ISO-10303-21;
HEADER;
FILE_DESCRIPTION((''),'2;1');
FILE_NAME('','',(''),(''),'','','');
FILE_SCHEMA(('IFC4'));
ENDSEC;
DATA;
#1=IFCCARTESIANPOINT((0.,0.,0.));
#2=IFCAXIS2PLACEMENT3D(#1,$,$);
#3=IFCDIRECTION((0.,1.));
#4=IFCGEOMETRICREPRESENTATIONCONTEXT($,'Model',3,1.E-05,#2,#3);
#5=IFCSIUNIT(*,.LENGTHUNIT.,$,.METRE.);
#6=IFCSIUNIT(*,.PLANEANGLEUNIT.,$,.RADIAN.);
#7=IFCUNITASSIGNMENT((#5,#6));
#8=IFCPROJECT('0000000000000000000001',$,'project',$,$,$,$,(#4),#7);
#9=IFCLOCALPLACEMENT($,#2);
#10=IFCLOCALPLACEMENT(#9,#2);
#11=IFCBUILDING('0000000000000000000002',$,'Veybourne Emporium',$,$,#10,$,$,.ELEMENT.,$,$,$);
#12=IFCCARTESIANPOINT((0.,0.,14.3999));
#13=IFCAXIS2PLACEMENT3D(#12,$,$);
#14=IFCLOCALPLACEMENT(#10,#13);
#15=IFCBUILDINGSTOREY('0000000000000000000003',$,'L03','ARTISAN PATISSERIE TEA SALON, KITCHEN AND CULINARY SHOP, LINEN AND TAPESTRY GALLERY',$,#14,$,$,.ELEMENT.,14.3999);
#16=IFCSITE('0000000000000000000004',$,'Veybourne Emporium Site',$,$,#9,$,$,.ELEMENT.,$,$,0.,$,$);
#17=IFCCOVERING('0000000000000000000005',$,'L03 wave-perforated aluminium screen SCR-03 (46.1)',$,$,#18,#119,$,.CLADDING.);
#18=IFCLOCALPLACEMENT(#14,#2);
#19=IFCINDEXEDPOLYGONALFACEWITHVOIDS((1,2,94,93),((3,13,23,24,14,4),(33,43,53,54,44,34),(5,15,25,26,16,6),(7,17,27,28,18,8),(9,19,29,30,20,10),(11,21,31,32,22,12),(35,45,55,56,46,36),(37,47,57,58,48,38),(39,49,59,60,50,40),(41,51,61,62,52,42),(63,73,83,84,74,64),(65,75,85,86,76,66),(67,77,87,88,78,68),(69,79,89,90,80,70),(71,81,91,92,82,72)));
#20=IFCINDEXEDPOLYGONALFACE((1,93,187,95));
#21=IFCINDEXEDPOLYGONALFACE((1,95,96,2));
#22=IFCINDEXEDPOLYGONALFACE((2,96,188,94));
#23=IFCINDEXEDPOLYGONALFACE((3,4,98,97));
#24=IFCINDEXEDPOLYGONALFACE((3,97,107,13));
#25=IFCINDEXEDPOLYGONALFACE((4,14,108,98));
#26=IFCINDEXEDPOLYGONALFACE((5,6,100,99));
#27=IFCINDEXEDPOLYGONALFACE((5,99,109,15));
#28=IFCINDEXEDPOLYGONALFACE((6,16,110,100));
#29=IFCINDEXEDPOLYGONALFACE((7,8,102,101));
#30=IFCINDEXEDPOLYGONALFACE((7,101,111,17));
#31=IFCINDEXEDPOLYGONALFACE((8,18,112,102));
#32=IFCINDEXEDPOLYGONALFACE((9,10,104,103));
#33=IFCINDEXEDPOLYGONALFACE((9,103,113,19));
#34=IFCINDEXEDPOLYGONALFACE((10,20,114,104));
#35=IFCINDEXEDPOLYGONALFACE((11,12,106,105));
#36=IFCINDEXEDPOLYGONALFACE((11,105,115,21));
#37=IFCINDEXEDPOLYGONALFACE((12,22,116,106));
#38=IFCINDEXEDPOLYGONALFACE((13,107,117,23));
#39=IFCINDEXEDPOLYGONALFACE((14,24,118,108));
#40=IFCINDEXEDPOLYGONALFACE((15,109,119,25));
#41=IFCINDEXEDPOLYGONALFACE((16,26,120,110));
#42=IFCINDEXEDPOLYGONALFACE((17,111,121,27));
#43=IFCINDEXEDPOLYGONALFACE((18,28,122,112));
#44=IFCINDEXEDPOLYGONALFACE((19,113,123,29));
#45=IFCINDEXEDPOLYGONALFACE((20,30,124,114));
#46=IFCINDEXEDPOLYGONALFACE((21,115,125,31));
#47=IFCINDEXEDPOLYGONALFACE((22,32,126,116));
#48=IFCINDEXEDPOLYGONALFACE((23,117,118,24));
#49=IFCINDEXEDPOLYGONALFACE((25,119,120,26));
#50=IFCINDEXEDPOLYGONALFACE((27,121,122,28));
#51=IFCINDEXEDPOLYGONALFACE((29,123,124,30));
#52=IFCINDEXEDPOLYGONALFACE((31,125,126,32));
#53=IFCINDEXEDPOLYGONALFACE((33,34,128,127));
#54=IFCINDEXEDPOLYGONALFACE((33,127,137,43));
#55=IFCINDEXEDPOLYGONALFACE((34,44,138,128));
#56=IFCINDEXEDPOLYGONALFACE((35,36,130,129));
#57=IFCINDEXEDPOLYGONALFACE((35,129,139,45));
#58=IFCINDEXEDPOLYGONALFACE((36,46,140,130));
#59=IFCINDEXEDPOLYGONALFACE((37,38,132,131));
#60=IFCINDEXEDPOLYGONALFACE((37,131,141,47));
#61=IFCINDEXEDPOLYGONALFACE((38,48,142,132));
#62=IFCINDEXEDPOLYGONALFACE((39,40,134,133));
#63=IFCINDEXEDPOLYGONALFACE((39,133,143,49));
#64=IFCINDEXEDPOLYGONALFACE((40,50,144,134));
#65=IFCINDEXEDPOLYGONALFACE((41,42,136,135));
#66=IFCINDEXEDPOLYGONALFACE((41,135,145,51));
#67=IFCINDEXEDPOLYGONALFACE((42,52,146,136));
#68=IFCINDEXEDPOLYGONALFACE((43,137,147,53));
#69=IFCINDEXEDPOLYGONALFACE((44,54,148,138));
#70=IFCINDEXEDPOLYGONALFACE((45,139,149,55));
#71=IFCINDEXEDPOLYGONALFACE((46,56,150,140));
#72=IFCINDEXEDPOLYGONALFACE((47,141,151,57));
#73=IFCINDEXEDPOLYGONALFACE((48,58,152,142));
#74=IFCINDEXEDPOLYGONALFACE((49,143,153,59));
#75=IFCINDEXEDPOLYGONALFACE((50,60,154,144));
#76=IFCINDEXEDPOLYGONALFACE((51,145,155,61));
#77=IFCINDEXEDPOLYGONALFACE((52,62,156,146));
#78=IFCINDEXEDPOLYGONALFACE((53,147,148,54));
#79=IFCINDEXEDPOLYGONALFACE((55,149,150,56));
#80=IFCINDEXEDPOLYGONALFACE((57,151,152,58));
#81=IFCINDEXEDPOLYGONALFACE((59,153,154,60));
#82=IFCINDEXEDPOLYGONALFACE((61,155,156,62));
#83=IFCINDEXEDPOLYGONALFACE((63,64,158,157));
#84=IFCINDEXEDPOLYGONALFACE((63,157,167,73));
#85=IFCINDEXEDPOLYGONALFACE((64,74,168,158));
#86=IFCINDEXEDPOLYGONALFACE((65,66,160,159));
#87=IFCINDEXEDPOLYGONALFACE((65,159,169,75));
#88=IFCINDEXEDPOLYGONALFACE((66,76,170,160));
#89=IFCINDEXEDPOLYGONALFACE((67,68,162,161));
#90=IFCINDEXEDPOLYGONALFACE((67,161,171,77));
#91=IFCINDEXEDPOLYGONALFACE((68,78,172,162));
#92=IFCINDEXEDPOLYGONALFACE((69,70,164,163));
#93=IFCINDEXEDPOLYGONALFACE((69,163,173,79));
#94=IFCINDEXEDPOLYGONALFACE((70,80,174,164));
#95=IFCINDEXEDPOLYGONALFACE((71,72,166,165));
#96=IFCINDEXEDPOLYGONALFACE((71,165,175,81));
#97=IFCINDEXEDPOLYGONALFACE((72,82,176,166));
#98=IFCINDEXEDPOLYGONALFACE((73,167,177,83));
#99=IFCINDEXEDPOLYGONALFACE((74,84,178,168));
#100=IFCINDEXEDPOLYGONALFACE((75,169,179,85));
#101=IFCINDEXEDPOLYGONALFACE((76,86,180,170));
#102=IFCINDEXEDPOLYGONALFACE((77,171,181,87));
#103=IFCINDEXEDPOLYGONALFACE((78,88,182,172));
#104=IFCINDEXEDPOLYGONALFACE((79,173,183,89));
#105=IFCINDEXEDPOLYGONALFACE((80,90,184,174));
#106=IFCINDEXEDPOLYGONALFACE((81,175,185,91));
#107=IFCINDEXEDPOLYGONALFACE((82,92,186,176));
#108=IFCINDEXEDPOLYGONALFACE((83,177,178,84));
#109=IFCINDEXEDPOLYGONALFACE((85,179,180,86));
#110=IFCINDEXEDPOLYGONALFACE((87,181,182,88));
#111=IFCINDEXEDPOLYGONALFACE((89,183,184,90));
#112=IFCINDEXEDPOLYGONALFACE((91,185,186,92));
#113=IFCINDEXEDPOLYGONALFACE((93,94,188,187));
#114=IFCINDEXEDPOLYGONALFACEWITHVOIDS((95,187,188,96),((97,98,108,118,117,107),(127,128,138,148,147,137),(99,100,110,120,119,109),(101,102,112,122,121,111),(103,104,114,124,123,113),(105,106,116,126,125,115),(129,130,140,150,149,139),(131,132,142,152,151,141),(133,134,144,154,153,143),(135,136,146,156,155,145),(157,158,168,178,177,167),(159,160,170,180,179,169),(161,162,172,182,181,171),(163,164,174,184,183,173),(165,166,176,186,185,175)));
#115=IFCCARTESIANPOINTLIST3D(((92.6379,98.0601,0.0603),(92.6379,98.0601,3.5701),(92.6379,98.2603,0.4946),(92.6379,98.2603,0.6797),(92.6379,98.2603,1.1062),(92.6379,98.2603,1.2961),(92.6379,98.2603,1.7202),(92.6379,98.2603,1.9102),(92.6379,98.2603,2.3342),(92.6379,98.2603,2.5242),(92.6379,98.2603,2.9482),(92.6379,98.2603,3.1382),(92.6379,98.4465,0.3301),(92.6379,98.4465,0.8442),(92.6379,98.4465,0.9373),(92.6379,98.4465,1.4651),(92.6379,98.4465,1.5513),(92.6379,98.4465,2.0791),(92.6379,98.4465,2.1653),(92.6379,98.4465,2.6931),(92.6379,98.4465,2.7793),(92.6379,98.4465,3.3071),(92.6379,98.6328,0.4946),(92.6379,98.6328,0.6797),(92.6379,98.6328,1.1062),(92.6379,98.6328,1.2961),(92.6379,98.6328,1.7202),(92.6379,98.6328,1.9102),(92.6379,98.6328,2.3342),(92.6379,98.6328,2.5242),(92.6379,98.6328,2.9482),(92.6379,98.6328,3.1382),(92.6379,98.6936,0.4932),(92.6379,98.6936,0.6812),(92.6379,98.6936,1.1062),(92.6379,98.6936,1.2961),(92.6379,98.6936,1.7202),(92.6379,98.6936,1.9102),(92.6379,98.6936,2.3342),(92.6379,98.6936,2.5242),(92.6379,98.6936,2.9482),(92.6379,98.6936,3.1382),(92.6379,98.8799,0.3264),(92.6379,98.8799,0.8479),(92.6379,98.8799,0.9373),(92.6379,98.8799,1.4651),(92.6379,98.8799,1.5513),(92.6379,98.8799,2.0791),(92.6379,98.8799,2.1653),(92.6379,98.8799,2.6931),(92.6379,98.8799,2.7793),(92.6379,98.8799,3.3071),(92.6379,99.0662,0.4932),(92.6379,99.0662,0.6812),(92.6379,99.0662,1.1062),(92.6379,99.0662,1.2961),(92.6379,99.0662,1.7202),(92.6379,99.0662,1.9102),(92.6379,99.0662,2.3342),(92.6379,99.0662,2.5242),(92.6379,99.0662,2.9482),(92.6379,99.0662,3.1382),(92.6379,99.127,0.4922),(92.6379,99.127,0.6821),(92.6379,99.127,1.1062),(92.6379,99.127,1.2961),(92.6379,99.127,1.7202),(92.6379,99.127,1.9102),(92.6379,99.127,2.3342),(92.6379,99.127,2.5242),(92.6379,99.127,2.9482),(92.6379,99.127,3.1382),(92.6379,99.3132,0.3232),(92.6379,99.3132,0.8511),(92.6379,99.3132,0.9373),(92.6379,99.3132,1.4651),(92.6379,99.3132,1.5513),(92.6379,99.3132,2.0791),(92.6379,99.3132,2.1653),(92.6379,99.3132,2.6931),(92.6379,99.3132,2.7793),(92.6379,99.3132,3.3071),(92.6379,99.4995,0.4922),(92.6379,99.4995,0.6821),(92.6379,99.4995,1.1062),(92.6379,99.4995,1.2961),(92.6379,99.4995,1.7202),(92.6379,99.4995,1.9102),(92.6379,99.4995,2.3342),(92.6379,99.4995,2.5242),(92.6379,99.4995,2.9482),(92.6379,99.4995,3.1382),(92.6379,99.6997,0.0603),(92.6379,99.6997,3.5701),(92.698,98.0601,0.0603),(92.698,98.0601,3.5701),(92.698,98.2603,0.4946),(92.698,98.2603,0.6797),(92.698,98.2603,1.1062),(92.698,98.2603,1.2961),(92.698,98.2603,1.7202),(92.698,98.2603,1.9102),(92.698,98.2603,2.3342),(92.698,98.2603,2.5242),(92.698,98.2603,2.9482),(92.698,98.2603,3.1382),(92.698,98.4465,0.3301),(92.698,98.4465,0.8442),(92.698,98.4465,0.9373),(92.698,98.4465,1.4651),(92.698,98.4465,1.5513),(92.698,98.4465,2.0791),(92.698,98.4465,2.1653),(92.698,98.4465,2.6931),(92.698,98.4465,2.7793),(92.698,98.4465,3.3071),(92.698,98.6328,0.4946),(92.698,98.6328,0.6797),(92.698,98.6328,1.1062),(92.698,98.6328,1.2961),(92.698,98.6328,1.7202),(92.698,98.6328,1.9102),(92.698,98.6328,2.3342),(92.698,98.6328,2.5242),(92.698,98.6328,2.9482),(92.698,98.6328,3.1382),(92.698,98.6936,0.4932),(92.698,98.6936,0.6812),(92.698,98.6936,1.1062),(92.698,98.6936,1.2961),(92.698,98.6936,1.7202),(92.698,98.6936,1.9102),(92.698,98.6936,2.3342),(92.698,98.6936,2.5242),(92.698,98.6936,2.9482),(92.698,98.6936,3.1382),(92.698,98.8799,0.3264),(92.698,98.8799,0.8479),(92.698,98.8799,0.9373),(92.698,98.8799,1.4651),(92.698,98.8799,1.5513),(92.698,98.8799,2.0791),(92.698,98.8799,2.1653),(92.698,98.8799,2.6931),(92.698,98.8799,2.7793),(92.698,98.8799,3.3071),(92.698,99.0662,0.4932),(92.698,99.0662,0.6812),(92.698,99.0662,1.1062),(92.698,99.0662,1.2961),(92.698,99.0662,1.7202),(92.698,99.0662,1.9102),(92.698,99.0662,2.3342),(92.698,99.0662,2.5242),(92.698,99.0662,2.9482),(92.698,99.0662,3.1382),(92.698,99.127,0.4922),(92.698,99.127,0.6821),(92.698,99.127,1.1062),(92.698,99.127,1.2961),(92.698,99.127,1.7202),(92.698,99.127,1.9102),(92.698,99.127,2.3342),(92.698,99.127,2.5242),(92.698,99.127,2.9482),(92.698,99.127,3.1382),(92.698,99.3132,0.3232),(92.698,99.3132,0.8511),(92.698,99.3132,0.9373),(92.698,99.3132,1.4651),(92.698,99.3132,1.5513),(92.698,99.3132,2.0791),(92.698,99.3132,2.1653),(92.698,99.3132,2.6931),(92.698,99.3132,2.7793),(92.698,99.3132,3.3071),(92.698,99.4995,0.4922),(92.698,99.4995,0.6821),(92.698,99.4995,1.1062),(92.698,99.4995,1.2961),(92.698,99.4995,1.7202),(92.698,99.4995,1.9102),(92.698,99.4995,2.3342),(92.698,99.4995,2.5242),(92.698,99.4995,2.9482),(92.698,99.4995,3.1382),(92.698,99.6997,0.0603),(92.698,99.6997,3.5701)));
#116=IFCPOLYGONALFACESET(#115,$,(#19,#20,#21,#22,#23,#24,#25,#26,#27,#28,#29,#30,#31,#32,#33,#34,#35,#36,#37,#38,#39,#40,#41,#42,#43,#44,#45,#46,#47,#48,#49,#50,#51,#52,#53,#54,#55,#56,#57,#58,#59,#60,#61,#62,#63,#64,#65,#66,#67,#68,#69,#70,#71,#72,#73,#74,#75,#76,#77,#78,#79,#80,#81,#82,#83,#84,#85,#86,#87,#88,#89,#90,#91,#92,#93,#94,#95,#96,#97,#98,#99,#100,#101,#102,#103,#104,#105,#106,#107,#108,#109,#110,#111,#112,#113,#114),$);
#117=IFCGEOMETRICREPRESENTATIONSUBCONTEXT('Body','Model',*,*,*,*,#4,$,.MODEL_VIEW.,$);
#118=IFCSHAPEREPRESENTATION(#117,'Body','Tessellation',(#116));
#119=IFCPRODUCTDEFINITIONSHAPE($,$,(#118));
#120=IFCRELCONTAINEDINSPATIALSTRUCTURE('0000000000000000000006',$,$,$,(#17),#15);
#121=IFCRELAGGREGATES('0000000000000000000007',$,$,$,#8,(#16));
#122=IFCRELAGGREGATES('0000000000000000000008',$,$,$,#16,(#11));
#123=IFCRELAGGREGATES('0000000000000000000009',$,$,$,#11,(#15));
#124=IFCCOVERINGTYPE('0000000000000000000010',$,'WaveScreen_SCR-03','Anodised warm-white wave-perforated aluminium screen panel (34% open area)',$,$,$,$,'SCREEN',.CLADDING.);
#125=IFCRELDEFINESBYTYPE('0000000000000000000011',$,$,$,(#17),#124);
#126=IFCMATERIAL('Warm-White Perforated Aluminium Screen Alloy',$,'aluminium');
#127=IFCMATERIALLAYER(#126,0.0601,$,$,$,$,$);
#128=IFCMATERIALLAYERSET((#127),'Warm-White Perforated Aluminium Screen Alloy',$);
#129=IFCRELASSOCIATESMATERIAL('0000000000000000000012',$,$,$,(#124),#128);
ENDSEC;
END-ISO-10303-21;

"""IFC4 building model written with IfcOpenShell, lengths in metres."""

from ifc_helpers import new_model, si_unit, direction, frame, origin, place, context, subcontext, project, spatial, polyline, outline, extrude, material, layer, layer_set, type_object, element, save


model = new_model("IFC4")

# Units and contexts
model_context = context("Model", 3, precision=1e-05, world=origin(), true_north=direction((0.0, 1.0)))
body_context = subcontext(model_context, "Body", "Model", "MODEL_VIEW")
ifc_project = project(units=[si_unit("LENGTHUNIT", "METRE"), si_unit("PLANEANGLEUNIT", "RADIAN")], contexts=[model_context])

# Site, building, storey
site_placement = place(None, origin())
site = spatial("IfcSite", under=ifc_project, at=site_placement, Name="Veybourne Emporium Site", CompositionType="ELEMENT", RefElevation=0.0)
building_placement = place(site_placement, origin())
building = spatial("IfcBuilding", under=site, at=building_placement, Name="Veybourne Emporium", CompositionType="ELEMENT")
storey_placement = place(building_placement, frame((0.0, 0.0, 14.3999)))
storey = spatial("IfcBuildingStorey", under=building, at=storey_placement, Name="L03", Description="ARTISAN PATISSERIE TEA SALON, KITCHEN AND CULINARY SHOP, LINEN AND TAPESTRY GALLERY", CompositionType="ELEMENT", Elevation=14.3999)

# Covering
ifc_material_1 = material(Name="Warm-White Perforated Aluminium Screen Alloy", Category="aluminium")
ifc_layer_1 = layer(ifc_material_1, 0.0601)
ifc_layer_set_1 = layer_set([ifc_layer_1], Name="Warm-White Perforated Aluminium Screen Alloy")
covering_type_1 = type_object("IfcCoveringType", Name="WaveScreen_SCR-03", Description="Anodised warm-white wave-perforated aluminium screen panel (34% open area)", ElementType="SCREEN", PredefinedType="CLADDING", material=ifc_layer_set_1)
covering_1_placement = place(storey_placement, frame((92.698, 98.8799, 1.8152), z_axis=(-1.0, 0.0, 0.0), x_axis=(0.0, -1.0, 0.0)))
element("IfcCovering", 1, at=covering_1_placement, inside=storey, type_object=covering_type_1, Name="L03 wave-perforated aluminium screen SCR-03 (46.1)", PredefinedType="CLADDING", context=body_context, shape_type="SweptSolid", body=[
    extrude(outline(polyline([(-0.8198, -1.7549), (0.8198, -1.7549), (0.8198, 1.7549), (-0.8198, 1.7549), (-0.8198, -1.7549)]), holes=[polyline([(-0.4333, -0.9641), (-0.2471, -1.1331), (-0.2471, -1.323), (-0.4333, -1.4919), (-0.6196, -1.323), (-0.6196, -1.1331), (-0.4333, -0.9641)]), polyline([(-0.4333, -0.3501), (-0.2471, -0.519), (-0.2471, -0.709), (-0.4333, -0.8779), (-0.6196, -0.709), (-0.6196, -0.519), (-0.4333, -0.3501)]), polyline([(-0.4333, 0.2639), (-0.2471, 0.095), (-0.2471, -0.095), (-0.4333, -0.2639), (-0.6196, -0.095), (-0.6196, 0.095), (-0.4333, 0.2639)]), polyline([(-0.4333, 0.8779), (-0.2471, 0.709), (-0.2471, 0.519), (-0.4333, 0.3501), (-0.6196, 0.519), (-0.6196, 0.709), (-0.4333, 0.8779)]), polyline([(-0.4333, 1.4919), (-0.2471, 1.323), (-0.2471, 1.1331), (-0.4333, 0.9641), (-0.6196, 1.1331), (-0.6196, 1.323), (-0.4333, 1.4919)]), polyline([(0.0, -0.9673), (0.1863, -1.134), (0.1863, -1.322), (0.0, -1.4888), (-0.1863, -1.322), (-0.1863, -1.134), (0.0, -0.9673)]), polyline([(0.0, -0.3501), (0.1863, -0.519), (0.1863, -0.709), (0.0, -0.8779), (-0.1863, -0.709), (-0.1863, -0.519), (0.0, -0.3501)]), polyline([(0.0, 0.2639), (0.1863, 0.095), (0.1863, -0.095), (0.0, -0.2639), (-0.1863, -0.095), (-0.1863, 0.095), (0.0, 0.2639)]), polyline([(0.0, 0.8779), (0.1863, 0.709), (0.1863, 0.519), (0.0, 0.3501), (-0.1863, 0.519), (-0.1863, 0.709), (0.0, 0.8779)]), polyline([(0.0, 1.4919), (0.1863, 1.323), (0.1863, 1.1331), (0.0, 0.9641), (-0.1863, 1.1331), (-0.1863, 1.323), (0.0, 1.4919)]), polyline([(0.4333, -0.9709), (0.6196, -1.1355), (0.6196, -1.3206), (0.4333, -1.4851), (0.2471, -1.3206), (0.2471, -1.1355), (0.4333, -0.9709)]), polyline([(0.4333, -0.3501), (0.6196, -0.519), (0.6196, -0.709), (0.4333, -0.8779), (0.2471, -0.709), (0.2471, -0.519), (0.4333, -0.3501)]), polyline([(0.4333, 0.2639), (0.6196, 0.095), (0.6196, -0.095), (0.4333, -0.2639), (0.2471, -0.095), (0.2471, 0.095), (0.4333, 0.2639)]), polyline([(0.4333, 0.8779), (0.6196, 0.709), (0.6196, 0.519), (0.4333, 0.3501), (0.2471, 0.519), (0.2471, 0.709), (0.4333, 0.8779)]), polyline([(0.4333, 1.4919), (0.6196, 1.323), (0.6196, 1.1331), (0.4333, 0.9641), (0.2471, 1.1331), (0.2471, 1.323), (0.4333, 1.4919)])]), origin(), (0.0, 0.0, 1.0), 0.0601),
])

save(model, "model.ifc")
